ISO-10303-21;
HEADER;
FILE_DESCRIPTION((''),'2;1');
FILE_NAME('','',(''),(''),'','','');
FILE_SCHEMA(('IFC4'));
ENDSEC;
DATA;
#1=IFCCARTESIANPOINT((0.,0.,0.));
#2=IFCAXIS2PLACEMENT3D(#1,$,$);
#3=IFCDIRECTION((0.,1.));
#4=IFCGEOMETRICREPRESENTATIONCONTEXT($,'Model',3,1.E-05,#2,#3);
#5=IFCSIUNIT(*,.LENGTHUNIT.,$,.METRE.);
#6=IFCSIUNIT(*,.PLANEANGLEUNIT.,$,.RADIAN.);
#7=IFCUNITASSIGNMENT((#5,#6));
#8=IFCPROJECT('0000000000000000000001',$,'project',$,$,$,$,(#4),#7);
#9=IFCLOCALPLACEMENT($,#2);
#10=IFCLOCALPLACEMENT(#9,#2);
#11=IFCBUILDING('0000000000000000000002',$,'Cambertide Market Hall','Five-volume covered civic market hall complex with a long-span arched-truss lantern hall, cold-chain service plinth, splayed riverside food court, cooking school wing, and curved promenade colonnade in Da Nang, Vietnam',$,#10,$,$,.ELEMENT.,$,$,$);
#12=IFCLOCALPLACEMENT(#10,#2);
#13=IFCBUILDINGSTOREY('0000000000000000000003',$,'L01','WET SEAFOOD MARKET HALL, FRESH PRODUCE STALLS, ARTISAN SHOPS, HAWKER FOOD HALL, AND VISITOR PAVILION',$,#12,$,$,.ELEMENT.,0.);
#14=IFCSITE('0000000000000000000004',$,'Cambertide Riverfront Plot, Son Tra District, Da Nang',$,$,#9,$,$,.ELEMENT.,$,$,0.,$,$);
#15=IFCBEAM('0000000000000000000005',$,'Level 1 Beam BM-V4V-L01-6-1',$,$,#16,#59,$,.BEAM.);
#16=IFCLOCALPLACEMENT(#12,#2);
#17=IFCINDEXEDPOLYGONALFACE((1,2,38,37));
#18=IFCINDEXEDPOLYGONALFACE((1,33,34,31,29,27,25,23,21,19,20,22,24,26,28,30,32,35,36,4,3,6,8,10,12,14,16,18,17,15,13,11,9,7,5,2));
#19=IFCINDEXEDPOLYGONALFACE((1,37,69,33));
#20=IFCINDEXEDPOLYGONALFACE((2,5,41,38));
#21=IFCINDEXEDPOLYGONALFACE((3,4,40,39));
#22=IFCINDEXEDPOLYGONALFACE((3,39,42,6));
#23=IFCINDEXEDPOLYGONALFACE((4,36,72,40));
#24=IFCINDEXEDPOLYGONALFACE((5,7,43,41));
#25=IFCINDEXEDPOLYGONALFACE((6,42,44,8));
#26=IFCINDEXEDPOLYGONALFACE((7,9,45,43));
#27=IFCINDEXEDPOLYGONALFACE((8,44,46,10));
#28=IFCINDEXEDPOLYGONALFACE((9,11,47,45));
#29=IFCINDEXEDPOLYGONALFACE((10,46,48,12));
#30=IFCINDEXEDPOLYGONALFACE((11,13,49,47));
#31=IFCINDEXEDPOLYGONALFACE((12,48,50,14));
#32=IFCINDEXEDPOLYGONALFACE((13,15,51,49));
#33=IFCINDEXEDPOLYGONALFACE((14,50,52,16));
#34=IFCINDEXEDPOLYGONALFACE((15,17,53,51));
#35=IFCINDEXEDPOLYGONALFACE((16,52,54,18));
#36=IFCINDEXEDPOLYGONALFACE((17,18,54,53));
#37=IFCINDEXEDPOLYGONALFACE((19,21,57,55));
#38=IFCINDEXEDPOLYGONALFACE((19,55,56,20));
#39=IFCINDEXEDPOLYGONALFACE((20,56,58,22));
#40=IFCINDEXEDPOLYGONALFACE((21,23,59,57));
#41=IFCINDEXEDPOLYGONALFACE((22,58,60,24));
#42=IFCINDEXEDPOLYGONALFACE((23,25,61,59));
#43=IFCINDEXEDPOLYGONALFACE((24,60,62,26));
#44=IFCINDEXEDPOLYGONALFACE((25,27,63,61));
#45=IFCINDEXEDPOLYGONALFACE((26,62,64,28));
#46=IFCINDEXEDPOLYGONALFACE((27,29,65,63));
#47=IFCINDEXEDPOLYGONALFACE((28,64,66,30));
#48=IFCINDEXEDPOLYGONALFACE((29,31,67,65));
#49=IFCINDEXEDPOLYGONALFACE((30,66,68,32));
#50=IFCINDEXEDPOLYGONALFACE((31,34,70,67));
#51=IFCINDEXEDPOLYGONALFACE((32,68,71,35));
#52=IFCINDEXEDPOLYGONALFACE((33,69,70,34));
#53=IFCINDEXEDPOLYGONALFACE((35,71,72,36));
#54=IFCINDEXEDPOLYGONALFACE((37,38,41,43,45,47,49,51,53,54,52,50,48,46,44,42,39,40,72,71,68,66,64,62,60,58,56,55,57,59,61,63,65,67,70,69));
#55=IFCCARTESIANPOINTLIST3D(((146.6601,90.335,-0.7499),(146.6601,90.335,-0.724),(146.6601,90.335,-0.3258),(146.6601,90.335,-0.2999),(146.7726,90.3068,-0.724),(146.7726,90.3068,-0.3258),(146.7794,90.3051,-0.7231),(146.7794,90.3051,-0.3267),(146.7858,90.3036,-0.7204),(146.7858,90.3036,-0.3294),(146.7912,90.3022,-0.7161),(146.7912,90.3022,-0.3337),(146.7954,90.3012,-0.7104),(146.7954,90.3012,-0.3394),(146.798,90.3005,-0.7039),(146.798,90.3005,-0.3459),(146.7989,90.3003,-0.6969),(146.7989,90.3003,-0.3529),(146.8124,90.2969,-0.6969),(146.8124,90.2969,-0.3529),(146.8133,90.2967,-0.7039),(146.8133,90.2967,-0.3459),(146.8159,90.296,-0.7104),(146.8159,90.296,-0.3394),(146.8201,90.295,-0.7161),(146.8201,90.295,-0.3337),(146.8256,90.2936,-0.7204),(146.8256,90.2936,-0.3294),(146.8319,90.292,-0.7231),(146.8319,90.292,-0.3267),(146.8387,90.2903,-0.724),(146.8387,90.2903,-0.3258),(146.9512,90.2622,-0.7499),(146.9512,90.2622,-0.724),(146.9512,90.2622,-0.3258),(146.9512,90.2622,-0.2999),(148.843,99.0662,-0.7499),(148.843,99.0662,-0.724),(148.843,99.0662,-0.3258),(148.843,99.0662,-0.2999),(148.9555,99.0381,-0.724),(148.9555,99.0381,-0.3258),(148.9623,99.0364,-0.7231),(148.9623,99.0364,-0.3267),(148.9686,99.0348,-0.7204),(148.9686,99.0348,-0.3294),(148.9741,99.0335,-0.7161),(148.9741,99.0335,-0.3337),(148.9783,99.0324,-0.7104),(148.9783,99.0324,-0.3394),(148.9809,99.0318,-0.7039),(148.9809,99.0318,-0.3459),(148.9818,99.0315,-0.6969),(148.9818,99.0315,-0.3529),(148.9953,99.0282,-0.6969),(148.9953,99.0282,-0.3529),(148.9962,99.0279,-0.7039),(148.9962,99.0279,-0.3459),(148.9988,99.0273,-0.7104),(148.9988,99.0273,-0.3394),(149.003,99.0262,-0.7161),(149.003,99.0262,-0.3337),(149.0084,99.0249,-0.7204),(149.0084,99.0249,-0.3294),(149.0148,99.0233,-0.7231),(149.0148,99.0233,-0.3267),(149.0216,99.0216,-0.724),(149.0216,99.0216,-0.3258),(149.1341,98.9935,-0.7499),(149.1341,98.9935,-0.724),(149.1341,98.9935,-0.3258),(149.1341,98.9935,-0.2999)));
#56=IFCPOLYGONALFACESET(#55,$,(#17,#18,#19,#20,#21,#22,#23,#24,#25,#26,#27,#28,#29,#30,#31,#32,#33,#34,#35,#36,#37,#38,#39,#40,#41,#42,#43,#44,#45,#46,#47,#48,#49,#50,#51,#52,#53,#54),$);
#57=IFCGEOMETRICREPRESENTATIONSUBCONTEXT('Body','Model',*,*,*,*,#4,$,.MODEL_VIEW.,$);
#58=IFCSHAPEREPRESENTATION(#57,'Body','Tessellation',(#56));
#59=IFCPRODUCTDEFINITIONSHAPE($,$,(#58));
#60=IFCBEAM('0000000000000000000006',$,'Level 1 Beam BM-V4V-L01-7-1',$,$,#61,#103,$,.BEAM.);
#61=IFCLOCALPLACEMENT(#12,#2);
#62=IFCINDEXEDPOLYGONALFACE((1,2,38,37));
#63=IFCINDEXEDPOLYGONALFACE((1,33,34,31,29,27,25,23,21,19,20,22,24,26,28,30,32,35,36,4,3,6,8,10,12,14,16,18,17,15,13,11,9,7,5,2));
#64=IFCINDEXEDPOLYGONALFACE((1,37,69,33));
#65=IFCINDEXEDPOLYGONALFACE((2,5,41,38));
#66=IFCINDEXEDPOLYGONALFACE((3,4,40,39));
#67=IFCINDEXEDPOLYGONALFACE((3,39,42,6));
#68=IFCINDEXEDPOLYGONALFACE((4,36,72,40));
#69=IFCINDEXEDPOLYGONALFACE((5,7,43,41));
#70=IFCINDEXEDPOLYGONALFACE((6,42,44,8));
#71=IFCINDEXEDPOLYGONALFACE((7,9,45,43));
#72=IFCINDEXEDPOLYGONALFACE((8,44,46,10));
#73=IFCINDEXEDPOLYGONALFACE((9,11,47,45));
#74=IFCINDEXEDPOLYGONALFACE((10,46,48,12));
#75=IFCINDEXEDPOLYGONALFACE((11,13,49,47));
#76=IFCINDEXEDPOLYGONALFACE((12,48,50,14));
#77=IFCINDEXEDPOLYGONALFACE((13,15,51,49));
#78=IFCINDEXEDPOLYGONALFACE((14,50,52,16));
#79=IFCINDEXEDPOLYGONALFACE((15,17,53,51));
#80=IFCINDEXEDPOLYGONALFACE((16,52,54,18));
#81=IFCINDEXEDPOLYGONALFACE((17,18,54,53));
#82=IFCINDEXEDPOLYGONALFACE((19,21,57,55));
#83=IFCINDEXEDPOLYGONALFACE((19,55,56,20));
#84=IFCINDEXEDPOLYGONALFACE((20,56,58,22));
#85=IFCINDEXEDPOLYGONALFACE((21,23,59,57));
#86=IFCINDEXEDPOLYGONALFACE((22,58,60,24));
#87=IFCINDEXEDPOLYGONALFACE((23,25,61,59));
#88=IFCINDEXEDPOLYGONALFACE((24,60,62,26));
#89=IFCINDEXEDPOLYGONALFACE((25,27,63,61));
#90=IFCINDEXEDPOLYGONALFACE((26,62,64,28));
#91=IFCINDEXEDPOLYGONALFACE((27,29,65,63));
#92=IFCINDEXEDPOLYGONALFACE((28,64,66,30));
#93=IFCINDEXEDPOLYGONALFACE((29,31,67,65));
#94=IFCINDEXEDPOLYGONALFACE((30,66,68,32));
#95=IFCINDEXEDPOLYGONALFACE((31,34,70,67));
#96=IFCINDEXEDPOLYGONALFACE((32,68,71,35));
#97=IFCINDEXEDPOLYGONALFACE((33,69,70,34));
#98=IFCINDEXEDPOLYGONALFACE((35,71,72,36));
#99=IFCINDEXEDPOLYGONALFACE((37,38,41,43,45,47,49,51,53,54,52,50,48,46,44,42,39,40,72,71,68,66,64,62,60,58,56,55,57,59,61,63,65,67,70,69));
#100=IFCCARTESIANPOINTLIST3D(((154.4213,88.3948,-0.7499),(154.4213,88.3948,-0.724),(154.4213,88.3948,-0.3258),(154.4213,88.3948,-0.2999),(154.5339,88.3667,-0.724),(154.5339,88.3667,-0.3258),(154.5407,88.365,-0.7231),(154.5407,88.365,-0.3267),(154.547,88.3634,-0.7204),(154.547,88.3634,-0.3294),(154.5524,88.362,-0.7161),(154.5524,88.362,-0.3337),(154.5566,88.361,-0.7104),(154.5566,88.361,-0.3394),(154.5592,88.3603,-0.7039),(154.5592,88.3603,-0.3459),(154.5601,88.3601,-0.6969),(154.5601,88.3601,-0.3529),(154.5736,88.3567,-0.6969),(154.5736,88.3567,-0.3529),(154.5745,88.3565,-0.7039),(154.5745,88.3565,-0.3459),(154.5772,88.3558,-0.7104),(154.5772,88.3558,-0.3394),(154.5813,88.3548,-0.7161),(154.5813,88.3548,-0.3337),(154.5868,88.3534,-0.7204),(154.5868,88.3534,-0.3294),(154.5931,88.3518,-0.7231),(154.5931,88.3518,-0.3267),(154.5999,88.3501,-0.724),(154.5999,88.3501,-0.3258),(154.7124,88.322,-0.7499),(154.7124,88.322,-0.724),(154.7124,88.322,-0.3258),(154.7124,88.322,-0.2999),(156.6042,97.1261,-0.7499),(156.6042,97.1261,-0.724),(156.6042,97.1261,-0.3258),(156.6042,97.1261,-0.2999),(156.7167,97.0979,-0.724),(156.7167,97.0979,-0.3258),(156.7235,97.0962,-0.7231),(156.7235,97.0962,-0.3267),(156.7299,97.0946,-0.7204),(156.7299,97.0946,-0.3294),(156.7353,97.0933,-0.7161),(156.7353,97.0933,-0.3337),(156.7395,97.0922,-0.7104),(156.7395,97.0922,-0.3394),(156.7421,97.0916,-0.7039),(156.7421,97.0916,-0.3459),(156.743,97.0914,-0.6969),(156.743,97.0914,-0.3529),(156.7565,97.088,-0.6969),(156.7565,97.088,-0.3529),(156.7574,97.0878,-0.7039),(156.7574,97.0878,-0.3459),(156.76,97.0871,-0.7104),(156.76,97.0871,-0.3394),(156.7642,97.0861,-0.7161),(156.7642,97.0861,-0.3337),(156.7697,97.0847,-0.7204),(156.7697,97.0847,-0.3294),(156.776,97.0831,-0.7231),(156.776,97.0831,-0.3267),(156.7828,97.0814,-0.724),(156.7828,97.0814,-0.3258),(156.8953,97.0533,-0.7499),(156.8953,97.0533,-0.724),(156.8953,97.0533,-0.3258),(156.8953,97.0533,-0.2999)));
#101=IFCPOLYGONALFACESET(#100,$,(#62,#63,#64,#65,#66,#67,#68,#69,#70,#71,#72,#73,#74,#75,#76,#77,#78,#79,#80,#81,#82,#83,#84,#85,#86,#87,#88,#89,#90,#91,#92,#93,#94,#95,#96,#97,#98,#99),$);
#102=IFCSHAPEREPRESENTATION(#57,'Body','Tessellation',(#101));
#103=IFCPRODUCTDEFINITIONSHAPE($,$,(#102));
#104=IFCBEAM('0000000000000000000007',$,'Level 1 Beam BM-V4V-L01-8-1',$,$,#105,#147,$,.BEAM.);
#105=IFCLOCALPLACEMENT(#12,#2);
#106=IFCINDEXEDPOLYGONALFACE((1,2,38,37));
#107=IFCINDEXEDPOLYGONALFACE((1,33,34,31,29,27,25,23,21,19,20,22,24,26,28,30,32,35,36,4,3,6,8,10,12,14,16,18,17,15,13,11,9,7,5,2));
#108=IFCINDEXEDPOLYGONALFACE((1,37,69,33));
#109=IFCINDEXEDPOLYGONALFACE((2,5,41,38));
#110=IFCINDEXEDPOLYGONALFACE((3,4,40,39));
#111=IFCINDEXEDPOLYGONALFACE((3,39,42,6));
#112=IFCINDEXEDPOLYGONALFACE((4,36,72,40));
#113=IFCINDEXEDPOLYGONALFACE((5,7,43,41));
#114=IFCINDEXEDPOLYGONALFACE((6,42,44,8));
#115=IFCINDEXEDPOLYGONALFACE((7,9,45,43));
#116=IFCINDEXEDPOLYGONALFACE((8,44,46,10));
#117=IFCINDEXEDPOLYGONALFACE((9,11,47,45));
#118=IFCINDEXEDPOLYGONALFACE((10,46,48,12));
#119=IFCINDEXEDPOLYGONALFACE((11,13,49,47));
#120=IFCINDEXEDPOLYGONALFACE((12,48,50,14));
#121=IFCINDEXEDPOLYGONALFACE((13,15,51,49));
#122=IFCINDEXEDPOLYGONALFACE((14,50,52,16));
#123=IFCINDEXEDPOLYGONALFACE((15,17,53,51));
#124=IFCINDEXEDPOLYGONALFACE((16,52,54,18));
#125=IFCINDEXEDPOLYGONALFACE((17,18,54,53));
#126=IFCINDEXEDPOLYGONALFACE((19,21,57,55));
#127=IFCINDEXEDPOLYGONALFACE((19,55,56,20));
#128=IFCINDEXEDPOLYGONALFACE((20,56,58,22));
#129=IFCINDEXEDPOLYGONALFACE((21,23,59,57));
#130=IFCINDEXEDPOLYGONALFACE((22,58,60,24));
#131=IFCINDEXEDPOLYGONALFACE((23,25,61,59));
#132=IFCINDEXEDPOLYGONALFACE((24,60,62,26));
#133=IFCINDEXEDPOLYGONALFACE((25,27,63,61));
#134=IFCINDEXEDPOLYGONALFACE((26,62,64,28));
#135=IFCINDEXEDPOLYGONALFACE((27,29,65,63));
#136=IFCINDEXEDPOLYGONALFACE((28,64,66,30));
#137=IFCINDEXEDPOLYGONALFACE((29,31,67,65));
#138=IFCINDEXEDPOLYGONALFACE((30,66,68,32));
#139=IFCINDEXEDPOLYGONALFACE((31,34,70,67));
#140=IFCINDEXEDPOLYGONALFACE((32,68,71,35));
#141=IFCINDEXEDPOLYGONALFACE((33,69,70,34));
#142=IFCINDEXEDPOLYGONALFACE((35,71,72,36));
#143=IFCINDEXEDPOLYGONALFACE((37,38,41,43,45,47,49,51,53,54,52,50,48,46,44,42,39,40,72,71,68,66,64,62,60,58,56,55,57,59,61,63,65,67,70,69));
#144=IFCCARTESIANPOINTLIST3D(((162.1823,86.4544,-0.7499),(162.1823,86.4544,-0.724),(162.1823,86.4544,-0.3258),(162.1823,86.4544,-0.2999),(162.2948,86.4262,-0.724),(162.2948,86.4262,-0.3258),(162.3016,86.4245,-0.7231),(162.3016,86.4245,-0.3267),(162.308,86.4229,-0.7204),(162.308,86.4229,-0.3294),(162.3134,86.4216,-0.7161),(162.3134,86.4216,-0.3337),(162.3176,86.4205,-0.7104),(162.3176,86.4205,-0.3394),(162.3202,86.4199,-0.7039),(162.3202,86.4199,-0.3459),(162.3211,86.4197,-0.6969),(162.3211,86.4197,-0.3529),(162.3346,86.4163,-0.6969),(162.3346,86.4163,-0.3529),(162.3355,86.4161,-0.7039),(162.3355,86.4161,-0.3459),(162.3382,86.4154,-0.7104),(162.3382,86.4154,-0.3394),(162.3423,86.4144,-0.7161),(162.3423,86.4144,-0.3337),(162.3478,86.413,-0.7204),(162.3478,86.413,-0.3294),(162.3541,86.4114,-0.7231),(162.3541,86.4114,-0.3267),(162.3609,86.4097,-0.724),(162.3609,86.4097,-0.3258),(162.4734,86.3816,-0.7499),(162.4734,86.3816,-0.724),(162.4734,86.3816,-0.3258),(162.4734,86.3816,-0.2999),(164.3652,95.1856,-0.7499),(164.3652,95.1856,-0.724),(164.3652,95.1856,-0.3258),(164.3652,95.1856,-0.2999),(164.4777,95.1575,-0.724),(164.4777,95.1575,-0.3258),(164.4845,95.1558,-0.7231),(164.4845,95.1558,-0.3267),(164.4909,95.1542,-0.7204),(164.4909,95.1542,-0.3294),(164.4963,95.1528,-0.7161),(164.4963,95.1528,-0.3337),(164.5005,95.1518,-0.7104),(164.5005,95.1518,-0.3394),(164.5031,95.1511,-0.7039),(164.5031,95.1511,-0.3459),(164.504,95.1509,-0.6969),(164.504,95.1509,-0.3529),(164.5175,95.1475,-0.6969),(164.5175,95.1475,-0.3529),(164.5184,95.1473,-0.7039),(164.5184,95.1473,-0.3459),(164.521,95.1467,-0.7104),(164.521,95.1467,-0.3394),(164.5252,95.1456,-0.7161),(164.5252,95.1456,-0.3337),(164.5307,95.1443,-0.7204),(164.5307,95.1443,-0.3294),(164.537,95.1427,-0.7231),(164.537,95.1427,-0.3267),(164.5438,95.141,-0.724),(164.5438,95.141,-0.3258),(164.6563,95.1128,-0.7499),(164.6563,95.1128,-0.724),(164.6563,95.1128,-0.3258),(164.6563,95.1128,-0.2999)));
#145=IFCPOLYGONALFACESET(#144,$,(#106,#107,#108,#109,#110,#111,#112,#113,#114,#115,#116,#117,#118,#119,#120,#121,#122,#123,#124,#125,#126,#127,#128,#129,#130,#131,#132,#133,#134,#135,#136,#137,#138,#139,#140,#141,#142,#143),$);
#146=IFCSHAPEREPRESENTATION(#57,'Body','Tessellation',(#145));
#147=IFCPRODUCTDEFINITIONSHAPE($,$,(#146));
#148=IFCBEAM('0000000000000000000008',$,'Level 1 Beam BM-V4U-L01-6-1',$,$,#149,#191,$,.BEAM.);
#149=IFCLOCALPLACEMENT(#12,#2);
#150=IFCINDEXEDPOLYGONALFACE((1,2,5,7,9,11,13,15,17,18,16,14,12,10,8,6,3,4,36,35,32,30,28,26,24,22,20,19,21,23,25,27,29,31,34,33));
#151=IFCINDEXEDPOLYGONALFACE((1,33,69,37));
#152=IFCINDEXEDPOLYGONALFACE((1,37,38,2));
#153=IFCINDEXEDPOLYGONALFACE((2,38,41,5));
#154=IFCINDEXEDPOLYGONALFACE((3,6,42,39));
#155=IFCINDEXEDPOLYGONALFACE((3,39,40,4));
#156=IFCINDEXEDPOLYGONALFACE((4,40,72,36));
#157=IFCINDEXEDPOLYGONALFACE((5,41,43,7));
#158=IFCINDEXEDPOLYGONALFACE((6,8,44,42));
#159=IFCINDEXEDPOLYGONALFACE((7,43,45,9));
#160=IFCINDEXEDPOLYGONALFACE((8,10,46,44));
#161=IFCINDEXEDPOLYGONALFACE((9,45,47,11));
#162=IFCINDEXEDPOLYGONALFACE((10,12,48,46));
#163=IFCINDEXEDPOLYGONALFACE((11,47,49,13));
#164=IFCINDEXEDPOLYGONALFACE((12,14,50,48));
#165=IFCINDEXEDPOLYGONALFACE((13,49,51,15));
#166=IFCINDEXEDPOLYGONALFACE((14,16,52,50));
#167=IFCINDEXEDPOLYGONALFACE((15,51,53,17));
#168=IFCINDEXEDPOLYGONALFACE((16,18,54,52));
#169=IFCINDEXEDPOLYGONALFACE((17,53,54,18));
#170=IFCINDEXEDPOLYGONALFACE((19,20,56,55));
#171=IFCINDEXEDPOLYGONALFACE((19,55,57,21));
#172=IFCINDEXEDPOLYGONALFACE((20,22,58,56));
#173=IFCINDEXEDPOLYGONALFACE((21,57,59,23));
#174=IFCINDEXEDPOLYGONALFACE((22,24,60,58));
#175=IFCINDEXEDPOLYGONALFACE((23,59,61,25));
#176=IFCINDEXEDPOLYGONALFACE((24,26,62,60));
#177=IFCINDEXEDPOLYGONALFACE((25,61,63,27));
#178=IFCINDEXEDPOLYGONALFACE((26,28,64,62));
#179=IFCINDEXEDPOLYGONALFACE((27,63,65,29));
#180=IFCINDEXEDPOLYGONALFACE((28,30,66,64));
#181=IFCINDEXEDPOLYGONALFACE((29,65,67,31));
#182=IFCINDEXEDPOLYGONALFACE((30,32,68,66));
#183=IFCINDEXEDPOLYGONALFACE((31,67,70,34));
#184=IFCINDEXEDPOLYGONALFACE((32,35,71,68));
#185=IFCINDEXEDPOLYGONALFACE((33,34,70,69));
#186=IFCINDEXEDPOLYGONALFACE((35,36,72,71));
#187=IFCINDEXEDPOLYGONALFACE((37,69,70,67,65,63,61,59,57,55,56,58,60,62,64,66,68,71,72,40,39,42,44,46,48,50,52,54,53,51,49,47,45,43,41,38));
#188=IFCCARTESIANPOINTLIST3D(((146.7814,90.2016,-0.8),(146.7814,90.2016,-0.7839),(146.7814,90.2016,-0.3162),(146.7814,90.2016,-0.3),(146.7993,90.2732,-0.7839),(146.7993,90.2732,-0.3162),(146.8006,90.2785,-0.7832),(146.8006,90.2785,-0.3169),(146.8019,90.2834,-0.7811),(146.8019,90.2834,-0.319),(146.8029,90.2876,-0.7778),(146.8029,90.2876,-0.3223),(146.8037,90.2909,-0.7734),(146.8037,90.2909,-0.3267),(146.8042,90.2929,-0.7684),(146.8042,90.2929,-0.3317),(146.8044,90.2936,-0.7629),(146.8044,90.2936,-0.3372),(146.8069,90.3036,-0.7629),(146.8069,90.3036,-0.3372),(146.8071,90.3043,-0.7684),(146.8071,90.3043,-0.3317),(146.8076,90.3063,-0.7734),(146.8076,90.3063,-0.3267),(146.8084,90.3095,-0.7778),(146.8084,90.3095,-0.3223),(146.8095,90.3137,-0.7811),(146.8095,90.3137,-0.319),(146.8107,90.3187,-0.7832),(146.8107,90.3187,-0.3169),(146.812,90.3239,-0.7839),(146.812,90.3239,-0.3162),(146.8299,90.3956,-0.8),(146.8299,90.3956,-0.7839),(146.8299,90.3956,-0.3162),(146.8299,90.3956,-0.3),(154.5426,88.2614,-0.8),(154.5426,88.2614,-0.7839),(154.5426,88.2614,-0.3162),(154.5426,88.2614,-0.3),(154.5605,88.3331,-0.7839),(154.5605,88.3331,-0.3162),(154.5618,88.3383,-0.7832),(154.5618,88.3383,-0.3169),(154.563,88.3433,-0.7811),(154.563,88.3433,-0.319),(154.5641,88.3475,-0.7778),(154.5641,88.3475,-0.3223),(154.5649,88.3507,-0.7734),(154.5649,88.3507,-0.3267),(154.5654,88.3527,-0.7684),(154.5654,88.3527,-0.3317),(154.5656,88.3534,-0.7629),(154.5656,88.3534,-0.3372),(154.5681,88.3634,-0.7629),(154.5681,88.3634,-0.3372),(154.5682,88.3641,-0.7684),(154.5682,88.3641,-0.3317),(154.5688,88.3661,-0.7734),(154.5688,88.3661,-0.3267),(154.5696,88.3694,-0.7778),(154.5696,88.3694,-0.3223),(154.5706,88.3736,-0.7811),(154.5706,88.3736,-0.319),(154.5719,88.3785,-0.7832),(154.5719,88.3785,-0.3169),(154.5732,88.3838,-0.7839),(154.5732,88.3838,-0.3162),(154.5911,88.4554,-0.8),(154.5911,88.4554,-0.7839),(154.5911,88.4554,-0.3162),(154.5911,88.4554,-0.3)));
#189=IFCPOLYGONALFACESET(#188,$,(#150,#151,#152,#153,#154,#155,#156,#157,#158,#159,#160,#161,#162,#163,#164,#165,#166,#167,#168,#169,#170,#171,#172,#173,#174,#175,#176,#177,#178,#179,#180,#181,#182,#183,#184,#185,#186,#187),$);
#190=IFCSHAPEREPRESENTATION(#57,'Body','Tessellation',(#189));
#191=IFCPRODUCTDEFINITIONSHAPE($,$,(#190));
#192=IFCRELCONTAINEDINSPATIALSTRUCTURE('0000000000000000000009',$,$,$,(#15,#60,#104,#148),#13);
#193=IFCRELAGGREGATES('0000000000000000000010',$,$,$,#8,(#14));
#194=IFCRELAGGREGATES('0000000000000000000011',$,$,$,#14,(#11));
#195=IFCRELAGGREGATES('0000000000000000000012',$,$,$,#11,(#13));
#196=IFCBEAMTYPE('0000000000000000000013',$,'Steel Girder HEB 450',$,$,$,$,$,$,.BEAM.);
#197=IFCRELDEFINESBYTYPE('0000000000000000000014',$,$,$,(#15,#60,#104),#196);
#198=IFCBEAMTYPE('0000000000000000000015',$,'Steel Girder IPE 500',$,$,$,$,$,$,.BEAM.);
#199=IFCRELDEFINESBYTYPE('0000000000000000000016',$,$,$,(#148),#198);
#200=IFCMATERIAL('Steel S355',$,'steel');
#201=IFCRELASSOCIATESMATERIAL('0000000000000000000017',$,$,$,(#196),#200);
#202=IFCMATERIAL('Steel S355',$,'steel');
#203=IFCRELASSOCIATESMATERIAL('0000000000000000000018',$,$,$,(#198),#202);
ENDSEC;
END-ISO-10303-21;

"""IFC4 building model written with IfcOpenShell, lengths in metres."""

from ifc_helpers import new_model, si_unit, direction, frame, origin, origin_2d, place, context, subcontext, project, spatial, i_section, extrude, material, material_profile, profile_set, type_object, element, save


model = new_model("IFC4")

# Units and contexts
model_context = context("Model", 3, precision=1e-05, world=origin(), true_north=direction((0.0, 1.0)))
body_context = subcontext(model_context, "Body", "Model", "MODEL_VIEW")
ifc_project = project(units=[si_unit("LENGTHUNIT", "METRE"), si_unit("PLANEANGLEUNIT", "RADIAN")], contexts=[model_context])

# Site, building, storey
site_placement = place(None, origin())
site = spatial("IfcSite", under=ifc_project, at=site_placement, Name="Cambertide Riverfront Plot, Son Tra District, Da Nang", CompositionType="ELEMENT", RefElevation=0.0)
building_placement = place(site_placement, origin())
building = spatial("IfcBuilding", under=site, at=building_placement, Name="Cambertide Market Hall", Description="Five-volume covered civic market hall complex with a long-span arched-truss lantern hall, cold-chain service plinth, splayed riverside food court, cooking school wing, and curved promenade colonnade in Da Nang, Vietnam", CompositionType="ELEMENT")
storey_placement = place(building_placement, origin())
storey = spatial("IfcBuildingStorey", under=building, at=storey_placement, Name="L01", Description="WET SEAFOOD MARKET HALL, FRESH PRODUCE STALLS, ARTISAN SHOPS, HAWKER FOOD HALL, AND VISITOR PAVILION", CompositionType="ELEMENT", Elevation=0.0)

# Beams
ifc_material_1 = material(Name="Steel S355", Category="steel")
ifc_material_profile_1 = material_profile(ifc_material_1, i_section(OverallWidth=0.3, OverallDepth=0.45, WebThickness=0.0139, FlangeThickness=0.0259, FilletRadius=0.0271, at=origin_2d()), Name="HEB 450")
ifc_profile_set_1 = profile_set([ifc_material_profile_1], Name="Steel S355")
beam_type_1 = type_object("IfcBeamType", Name="Steel Girder HEB 450", PredefinedType="BEAM", material=ifc_profile_set_1)
for number, where, z_axis, x_axis, name in (
    (1, (146.8057, 90.2986, -0.5249), (0.242542, 0.970141, 0.0), (-0.970141, 0.242542, 0.0), "Level 1 Beam BM-V4V-L01-6-1"),
    (2, (154.5669, 88.3584, -0.5249), (0.242542, 0.970141, 0.0), (-0.970141, 0.242542, 0.0), "Level 1 Beam BM-V4V-L01-7-1"),
    (3, (162.3279, 86.418, -0.5249), (0.242542, 0.970141, 0.0), (-0.970141, 0.242542, 0.0), "Level 1 Beam BM-V4V-L01-8-1"),
):
    element("IfcBeam", number, at=place(storey_placement, frame(where, z_axis=z_axis, x_axis=x_axis)), inside=storey, type_object=beam_type_1, Name=name, PredefinedType="BEAM", context=body_context, shape_type="SweptSolid", body=[
        extrude(i_section(OverallWidth=0.3, OverallDepth=0.45, WebThickness=0.0139, FlangeThickness=0.0259, FilletRadius=0.0271, at=origin_2d()), origin(), (0.0, 0.0, 1.0), 9.0),
    ])
ifc_material_2 = material(Name="Steel S355", Category="steel")
ifc_material_profile_2 = material_profile(ifc_material_2, i_section(OverallWidth=0.2, OverallDepth=0.5, WebThickness=0.0103, FlangeThickness=0.0161, FilletRadius=0.021, at=origin_2d()), Name="IPE 500")
ifc_profile_set_2 = profile_set([ifc_material_profile_2], Name="Steel S355")
beam_type_2 = type_object("IfcBeamType", Name="Steel Girder IPE 500", PredefinedType="BEAM", material=ifc_profile_set_2)
for number, where, z_axis, x_axis, name in (
    (4, (146.8057, 90.2986, -0.55), (0.970146, -0.242521, 0.0), (0.242521, 0.970146, 0.0), "Level 1 Beam BM-V4U-L01-6-1"),
):
    element("IfcBeam", number, at=place(storey_placement, frame(where, z_axis=z_axis, x_axis=x_axis)), inside=storey, type_object=beam_type_2, Name=name, PredefinedType="BEAM", context=body_context, shape_type="SweptSolid", body=[
        extrude(i_section(OverallWidth=0.2, OverallDepth=0.5, WebThickness=0.0103, FlangeThickness=0.0161, FilletRadius=0.021, at=origin_2d()), origin(), (0.0, 0.0, 1.0), 8.0),
    ])

save(model, "model.ifc")
